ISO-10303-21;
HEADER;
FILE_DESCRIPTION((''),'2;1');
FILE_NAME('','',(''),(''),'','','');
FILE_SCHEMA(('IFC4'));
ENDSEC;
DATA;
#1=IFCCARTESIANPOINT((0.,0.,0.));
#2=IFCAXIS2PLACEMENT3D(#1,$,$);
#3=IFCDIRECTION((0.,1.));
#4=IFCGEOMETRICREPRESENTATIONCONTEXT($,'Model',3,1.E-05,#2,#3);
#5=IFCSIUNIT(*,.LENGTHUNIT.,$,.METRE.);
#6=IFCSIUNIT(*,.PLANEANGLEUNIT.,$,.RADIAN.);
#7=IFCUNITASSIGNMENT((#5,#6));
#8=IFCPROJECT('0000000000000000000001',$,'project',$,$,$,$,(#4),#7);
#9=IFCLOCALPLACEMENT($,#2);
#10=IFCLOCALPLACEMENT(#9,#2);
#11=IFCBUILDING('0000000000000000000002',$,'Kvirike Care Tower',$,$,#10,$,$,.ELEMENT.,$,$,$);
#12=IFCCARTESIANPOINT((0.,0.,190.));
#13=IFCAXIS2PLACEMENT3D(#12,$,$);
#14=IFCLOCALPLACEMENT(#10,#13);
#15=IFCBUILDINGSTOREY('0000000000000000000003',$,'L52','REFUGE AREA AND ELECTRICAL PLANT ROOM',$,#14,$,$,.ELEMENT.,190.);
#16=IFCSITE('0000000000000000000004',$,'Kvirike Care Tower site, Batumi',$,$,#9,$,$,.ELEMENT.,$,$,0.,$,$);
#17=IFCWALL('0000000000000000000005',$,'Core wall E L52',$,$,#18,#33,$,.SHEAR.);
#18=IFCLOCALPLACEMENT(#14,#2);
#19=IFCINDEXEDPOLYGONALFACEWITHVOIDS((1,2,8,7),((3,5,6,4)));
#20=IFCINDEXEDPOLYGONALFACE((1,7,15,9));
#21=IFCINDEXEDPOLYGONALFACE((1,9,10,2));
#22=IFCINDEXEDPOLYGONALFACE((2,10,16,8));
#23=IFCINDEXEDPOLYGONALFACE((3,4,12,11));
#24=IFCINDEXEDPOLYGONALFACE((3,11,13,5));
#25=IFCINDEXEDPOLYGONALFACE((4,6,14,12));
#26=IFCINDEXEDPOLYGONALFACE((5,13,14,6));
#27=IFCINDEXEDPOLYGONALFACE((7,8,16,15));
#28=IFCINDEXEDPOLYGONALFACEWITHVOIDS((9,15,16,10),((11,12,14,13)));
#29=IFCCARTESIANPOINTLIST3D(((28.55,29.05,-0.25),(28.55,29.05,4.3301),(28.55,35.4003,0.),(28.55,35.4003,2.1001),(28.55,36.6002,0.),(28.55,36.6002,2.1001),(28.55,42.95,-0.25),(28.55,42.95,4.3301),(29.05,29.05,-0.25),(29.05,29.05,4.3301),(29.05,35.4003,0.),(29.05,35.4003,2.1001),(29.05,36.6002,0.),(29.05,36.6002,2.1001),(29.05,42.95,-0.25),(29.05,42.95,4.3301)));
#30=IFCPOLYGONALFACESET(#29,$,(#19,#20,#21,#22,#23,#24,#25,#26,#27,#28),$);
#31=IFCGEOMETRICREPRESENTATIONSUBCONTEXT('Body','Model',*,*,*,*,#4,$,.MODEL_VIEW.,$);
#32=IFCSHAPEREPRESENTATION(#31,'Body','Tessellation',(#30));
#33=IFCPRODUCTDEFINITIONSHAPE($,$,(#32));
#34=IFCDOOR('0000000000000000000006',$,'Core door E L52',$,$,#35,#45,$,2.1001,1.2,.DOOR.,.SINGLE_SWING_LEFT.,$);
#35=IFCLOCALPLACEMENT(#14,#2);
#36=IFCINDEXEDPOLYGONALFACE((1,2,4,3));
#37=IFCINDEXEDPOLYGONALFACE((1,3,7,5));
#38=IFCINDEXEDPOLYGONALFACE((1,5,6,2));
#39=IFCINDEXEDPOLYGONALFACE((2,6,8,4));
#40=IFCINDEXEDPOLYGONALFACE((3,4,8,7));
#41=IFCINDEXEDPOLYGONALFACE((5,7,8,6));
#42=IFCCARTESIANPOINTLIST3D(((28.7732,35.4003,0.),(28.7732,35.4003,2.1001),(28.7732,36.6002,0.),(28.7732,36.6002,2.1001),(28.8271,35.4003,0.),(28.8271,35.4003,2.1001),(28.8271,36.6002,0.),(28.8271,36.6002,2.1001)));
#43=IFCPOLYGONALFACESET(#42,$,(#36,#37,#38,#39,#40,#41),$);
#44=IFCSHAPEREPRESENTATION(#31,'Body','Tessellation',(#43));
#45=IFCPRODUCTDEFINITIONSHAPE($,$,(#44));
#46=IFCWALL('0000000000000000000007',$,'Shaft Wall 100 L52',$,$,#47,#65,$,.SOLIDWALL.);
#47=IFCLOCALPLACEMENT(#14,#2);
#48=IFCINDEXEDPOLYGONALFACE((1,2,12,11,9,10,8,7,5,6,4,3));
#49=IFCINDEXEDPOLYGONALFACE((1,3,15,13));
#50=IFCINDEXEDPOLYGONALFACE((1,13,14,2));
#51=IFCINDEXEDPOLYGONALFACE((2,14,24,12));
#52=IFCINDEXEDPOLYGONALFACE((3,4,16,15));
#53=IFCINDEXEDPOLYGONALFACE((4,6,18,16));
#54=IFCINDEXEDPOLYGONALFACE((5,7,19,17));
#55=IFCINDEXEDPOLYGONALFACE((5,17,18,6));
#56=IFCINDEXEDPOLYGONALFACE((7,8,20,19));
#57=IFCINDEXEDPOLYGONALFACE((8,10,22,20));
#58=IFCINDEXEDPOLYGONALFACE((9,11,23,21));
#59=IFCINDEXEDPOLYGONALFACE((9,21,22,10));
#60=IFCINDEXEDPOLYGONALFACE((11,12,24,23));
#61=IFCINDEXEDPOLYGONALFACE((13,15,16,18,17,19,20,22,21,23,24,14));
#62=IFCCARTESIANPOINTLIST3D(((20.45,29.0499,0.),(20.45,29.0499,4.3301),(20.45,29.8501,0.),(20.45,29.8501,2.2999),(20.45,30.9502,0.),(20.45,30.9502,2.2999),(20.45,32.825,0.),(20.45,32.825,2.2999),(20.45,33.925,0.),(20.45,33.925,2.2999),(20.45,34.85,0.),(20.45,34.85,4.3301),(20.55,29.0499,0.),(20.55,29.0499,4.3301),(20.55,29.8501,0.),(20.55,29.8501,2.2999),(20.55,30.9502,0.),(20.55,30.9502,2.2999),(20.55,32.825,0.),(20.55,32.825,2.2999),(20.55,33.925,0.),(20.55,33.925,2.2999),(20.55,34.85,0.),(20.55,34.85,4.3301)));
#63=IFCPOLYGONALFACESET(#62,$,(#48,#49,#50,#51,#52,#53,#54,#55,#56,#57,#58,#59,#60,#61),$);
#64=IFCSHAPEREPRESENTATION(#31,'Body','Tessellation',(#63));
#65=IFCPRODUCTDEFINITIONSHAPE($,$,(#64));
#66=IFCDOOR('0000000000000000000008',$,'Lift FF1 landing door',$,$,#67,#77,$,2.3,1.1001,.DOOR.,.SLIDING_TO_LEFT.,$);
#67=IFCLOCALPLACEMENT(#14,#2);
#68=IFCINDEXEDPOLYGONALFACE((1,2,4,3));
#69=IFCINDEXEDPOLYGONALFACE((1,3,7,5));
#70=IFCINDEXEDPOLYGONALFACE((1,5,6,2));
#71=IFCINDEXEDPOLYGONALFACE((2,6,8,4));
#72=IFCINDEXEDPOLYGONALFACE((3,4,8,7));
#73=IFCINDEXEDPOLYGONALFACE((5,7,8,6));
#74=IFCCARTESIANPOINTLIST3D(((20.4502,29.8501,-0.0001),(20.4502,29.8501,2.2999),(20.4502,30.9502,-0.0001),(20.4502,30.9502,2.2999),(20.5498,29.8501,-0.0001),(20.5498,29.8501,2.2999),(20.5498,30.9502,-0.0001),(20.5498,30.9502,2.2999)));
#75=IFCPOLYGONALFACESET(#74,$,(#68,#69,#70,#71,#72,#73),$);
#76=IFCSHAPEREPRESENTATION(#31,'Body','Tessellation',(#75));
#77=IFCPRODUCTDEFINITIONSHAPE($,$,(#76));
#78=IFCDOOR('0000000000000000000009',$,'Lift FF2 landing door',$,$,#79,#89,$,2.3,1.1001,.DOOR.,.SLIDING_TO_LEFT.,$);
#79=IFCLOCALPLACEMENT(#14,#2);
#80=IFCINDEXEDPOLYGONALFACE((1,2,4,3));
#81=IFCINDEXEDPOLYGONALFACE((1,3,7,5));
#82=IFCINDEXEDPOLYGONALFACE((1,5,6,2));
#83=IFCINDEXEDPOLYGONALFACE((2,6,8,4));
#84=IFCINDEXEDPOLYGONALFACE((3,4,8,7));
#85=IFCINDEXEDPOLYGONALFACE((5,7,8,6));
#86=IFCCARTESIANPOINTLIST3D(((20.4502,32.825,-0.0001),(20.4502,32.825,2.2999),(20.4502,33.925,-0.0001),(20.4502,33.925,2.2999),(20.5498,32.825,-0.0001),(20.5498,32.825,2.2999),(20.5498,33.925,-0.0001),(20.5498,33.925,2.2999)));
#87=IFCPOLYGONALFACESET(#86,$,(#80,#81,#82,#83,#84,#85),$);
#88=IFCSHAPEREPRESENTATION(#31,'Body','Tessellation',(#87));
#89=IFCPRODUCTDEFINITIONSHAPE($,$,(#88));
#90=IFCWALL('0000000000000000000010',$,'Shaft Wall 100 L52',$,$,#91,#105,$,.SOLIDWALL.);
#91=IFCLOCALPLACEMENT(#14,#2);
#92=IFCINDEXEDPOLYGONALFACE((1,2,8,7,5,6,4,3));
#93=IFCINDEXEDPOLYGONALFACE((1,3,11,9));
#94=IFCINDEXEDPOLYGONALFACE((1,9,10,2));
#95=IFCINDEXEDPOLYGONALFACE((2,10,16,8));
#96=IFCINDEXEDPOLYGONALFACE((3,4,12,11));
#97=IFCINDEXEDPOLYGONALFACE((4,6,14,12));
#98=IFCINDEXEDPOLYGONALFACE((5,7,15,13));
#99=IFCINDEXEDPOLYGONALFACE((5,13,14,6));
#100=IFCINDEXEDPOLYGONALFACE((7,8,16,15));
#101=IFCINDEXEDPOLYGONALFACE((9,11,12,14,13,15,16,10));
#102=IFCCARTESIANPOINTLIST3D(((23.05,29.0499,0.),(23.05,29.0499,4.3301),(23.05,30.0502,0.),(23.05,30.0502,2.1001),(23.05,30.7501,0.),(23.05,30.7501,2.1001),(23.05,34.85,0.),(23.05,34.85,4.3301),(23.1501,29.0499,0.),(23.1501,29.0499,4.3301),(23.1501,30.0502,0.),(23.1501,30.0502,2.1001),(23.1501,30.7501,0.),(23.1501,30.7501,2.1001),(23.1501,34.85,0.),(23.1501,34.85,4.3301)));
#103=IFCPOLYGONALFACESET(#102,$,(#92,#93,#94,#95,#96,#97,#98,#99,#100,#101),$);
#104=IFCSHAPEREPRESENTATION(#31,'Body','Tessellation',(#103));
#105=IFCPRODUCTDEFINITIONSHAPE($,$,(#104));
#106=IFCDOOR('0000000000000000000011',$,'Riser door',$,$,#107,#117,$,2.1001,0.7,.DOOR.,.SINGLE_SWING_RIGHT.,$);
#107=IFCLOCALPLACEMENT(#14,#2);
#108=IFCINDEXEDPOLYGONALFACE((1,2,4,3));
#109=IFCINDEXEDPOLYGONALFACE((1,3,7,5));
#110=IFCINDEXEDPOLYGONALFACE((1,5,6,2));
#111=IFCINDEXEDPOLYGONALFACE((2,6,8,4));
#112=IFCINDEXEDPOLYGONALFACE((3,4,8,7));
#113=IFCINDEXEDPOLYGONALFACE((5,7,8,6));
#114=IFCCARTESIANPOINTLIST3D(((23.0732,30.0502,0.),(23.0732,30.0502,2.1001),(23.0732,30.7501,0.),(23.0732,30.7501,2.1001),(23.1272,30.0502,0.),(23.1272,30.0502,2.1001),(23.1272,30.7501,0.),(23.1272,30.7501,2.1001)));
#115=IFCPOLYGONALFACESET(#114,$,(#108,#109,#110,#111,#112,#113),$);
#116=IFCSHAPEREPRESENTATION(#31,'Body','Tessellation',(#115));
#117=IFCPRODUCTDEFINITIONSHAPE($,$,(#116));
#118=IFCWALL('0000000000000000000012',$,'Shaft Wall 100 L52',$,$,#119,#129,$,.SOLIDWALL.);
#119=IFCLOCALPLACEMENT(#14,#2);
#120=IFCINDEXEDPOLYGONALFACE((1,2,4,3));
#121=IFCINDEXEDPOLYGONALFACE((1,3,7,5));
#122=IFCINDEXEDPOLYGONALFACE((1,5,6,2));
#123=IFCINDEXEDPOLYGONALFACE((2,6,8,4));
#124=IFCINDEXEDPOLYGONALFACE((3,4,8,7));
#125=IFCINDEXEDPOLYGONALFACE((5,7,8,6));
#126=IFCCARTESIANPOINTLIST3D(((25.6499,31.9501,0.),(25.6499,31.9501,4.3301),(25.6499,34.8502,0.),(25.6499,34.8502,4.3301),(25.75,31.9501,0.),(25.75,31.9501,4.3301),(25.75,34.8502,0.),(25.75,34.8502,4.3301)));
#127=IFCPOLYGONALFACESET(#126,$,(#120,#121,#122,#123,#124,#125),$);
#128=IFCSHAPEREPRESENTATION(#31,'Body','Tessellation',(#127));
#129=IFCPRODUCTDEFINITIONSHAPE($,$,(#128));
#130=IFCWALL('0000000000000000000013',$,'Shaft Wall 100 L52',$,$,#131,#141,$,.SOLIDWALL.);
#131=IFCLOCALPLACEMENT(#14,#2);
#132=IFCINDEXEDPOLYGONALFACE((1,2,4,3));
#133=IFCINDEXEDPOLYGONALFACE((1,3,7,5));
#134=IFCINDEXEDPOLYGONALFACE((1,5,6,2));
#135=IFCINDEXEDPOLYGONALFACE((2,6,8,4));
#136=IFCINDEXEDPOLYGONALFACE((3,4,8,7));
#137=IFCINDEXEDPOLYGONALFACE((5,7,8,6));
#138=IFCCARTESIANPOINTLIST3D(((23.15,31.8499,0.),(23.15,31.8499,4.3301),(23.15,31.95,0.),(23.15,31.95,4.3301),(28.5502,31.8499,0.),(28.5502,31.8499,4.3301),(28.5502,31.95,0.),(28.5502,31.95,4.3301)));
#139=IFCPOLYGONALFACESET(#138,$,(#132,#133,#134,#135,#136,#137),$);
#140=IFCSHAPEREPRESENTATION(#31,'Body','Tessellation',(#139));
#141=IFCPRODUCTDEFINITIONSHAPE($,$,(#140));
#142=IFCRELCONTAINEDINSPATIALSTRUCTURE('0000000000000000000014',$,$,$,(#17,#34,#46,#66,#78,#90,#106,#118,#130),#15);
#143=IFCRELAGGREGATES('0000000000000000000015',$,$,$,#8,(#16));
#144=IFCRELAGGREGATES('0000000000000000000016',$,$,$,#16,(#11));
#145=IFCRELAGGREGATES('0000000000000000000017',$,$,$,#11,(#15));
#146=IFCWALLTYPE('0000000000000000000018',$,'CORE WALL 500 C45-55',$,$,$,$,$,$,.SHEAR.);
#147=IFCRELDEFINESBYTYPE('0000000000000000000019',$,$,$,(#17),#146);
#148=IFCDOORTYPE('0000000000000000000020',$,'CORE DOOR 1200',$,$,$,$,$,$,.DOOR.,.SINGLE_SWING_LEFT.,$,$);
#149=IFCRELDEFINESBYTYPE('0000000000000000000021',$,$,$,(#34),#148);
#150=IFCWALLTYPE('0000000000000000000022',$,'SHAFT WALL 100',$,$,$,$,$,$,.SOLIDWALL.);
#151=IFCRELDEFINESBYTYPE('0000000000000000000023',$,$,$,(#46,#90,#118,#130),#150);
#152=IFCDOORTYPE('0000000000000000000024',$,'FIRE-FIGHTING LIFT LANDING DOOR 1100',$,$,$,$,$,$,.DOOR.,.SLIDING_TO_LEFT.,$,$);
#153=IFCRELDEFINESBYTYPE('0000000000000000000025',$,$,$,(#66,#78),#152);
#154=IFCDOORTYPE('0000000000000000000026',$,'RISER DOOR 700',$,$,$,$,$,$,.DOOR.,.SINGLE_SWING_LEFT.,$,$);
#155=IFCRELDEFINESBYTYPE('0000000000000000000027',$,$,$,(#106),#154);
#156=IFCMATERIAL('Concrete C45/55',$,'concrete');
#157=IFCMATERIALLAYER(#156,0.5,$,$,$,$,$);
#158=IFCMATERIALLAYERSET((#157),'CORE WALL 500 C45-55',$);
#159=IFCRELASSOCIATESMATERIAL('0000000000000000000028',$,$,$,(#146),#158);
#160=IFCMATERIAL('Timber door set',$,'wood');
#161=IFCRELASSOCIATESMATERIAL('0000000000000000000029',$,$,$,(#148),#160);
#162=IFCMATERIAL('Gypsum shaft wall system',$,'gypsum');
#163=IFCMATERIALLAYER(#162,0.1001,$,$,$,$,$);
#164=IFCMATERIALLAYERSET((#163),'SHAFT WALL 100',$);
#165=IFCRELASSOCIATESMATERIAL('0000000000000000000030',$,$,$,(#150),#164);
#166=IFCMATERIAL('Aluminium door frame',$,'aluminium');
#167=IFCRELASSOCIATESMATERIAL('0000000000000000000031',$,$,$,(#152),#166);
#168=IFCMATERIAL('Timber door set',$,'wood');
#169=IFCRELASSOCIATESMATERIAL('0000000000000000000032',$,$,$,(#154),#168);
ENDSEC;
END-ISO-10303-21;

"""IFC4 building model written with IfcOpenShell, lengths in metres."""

from ifc_helpers import new_model, si_unit, direction, frame, frame_2d, origin, place, context, subcontext, project, spatial, rectangle, extrude, material, layer, layer_set, type_object, element, fill, save


model = new_model("IFC4")

# Units and contexts
model_context = context("Model", 3, precision=1e-05, world=origin(), true_north=direction((0.0, 1.0)))
body_context = subcontext(model_context, "Body", "Model", "MODEL_VIEW")
ifc_project = project(units=[si_unit("LENGTHUNIT", "METRE"), si_unit("PLANEANGLEUNIT", "RADIAN")], contexts=[model_context])

# Site, building, storey
site_placement = place(None, origin())
site = spatial("IfcSite", under=ifc_project, at=site_placement, Name="Kvirike Care Tower site, Batumi", CompositionType="ELEMENT", RefElevation=0.0)
building_placement = place(site_placement, origin())
building = spatial("IfcBuilding", under=site, at=building_placement, Name="Kvirike Care Tower", CompositionType="ELEMENT")
storey_placement = place(building_placement, frame((0.0, 0.0, 190.0)))
storey = spatial("IfcBuildingStorey", under=building, at=storey_placement, Name="L52", Description="REFUGE AREA AND ELECTRICAL PLANT ROOM", CompositionType="ELEMENT", Elevation=190.0)

# Wall, opening, door
ifc_material_1 = material(Name="Concrete C45/55", Category="concrete")
ifc_layer_1 = layer(ifc_material_1, 0.5)
ifc_layer_set_1 = layer_set([ifc_layer_1], Name="CORE WALL 500 C45-55")
wall_type_1 = type_object("IfcWallType", Name="CORE WALL 500 C45-55", PredefinedType="SHEAR", material=ifc_layer_set_1)
wall_1_placement = place(storey_placement, frame((28.8, 29.05, -0.25), z_axis=(0.0, 0.0, 1.0), x_axis=(0.0, 1.0, 0.0)))
wall_1 = element("IfcWall", 1, at=wall_1_placement, inside=storey, type_object=wall_type_1, Name="Core wall E L52", PredefinedType="SHEAR", context=body_context, shape_type="SweptSolid", body=[
    extrude(rectangle(XDim=13.8999, YDim=0.5, at=frame_2d((6.95, 0.0))), origin(), (0.0, 0.0, 1.0), 4.5801),
])
opening_1_placement = place(wall_1_placement, frame((6.3501, 0.0, 0.25)))
opening_1 = element("IfcOpeningElement", 2, at=opening_1_placement, cuts=wall_1, PredefinedType="OPENING", context=body_context, shape_type="SweptSolid", body=[
    extrude(rectangle(XDim=1.2, YDim=2.1001, at=frame_2d((0.6001, 1.05))), frame((0.0, 0.2605, 0.0), z_axis=(0.0, -1.0, 0.0), x_axis=(1.0, 0.0, 0.0)), (0.0, 0.0, 1.0), 0.521),
])
ifc_material_2 = material(Name="Timber door set", Category="wood")
door_type_1 = type_object("IfcDoorType", Name="CORE DOOR 1200", OperationType="SINGLE_SWING_LEFT", PredefinedType="DOOR", material=ifc_material_2)
door_1_placement = place(opening_1_placement, origin())
door_1 = element("IfcDoor", 3, at=door_1_placement, inside=storey, type_object=door_type_1, Name="Core door E L52", OperationType="SINGLE_SWING_LEFT", OverallHeight=2.1001, OverallWidth=1.2, PredefinedType="DOOR", context=body_context, shape_type="SweptSolid", body=[
    extrude(rectangle(XDim=1.2, YDim=2.1001, at=frame_2d((0.6001, 1.05))), frame((0.0, 0.0269, 0.0), z_axis=(0.0, -1.0, 0.0), x_axis=(1.0, 0.0, 0.0)), (0.0, 0.0, 1.0), 0.054),
])
fill(opening_1, door_1)

# Wall, openings, doors
ifc_material_3 = material(Name="Gypsum shaft wall system", Category="gypsum")
ifc_layer_2 = layer(ifc_material_3, 0.1001)
ifc_layer_set_2 = layer_set([ifc_layer_2], Name="SHAFT WALL 100")
wall_type_2 = type_object("IfcWallType", Name="SHAFT WALL 100", PredefinedType="SOLIDWALL", material=ifc_layer_set_2)
wall_2_placement = place(storey_placement, frame((20.5, 29.05, 0.0), z_axis=(0.0, 0.0, 1.0), x_axis=(0.0, 1.0, 0.0)))
wall_2 = element("IfcWall", 4, at=wall_2_placement, inside=storey, type_object=wall_type_2, Name="Shaft Wall 100 L52", PredefinedType="SOLIDWALL", context=body_context, shape_type="SweptSolid", body=[
    extrude(rectangle(XDim=5.8, YDim=0.1001, at=frame_2d((2.8999, 0.0))), origin(), (0.0, 0.0, 1.0), 4.3301),
])
opening_2_placement = place(wall_2_placement, frame((0.8, 0.0, 0.0)))
opening_2 = element("IfcOpeningElement", 5, at=opening_2_placement, cuts=wall_2, PredefinedType="OPENING", context=body_context, shape_type="SweptSolid", body=[
    extrude(rectangle(XDim=1.1001, YDim=2.3, at=frame_2d((0.55, 1.1499))), frame((0.0, 0.0605, 0.0), z_axis=(0.0, -1.0, 0.0), x_axis=(1.0, 0.0, 0.0)), (0.0, 0.0, 1.0), 0.1211),
])
opening_3_placement = place(wall_2_placement, frame((3.7749, 0.0, 0.0)))
opening_3 = element("IfcOpeningElement", 6, at=opening_3_placement, cuts=wall_2, PredefinedType="OPENING", context=body_context, shape_type="SweptSolid", body=[
    extrude(rectangle(XDim=1.1001, YDim=2.3, at=frame_2d((0.55, 1.1499))), frame((0.0, 0.0605, 0.0), z_axis=(0.0, -1.0, 0.0), x_axis=(1.0, 0.0, 0.0)), (0.0, 0.0, 1.0), 0.1211),
])
ifc_material_4 = material(Name="Aluminium door frame", Category="aluminium")
door_type_2 = type_object("IfcDoorType", Name="FIRE-FIGHTING LIFT LANDING DOOR 1100", OperationType="SLIDING_TO_LEFT", PredefinedType="DOOR", material=ifc_material_4)
door_2_placement = place(opening_2_placement, origin())
door_2 = element("IfcDoor", 7, at=door_2_placement, inside=storey, type_object=door_type_2, Name="Lift FF1 landing door", OperationType="SLIDING_TO_LEFT", OverallHeight=2.3, OverallWidth=1.1001, PredefinedType="DOOR", context=body_context, shape_type="SweptSolid", body=[
    extrude(rectangle(XDim=1.1001, YDim=2.3, at=frame_2d((0.55, 1.1499))), frame((0.0, 0.0498, 0.0), z_axis=(0.0, -1.0, 0.0), x_axis=(1.0, 0.0, 0.0)), (0.0, 0.0, 1.0), 0.0996),
])
fill(opening_2, door_2)
door_3_placement = place(opening_3_placement, origin())
door_3 = element("IfcDoor", 8, at=door_3_placement, inside=storey, type_object=door_type_2, Name="Lift FF2 landing door", OperationType="SLIDING_TO_LEFT", OverallHeight=2.3, OverallWidth=1.1001, PredefinedType="DOOR", context=body_context, shape_type="SweptSolid", body=[
    extrude(rectangle(XDim=1.1001, YDim=2.3, at=frame_2d((0.55, 1.1499))), frame((0.0, 0.0498, 0.0), z_axis=(0.0, -1.0, 0.0), x_axis=(1.0, 0.0, 0.0)), (0.0, 0.0, 1.0), 0.0996),
])
fill(opening_3, door_3)

# Wall, opening, door
wall_3_placement = place(storey_placement, frame((23.1001, 29.05, 0.0), z_axis=(0.0, 0.0, 1.0), x_axis=(0.0, 1.0, 0.0)))
wall_3 = element("IfcWall", 9, at=wall_3_placement, inside=storey, type_object=wall_type_2, Name="Shaft Wall 100 L52", PredefinedType="SOLIDWALL", context=body_context, shape_type="SweptSolid", body=[
    extrude(rectangle(XDim=5.8, YDim=0.1001, at=frame_2d((2.8999, 0.0))), origin(), (0.0, 0.0, 1.0), 4.3301),
])
opening_4_placement = place(wall_3_placement, frame((1.0, 0.0, 0.0)))
opening_4 = element("IfcOpeningElement", 10, at=opening_4_placement, cuts=wall_3, PredefinedType="OPENING", context=body_context, shape_type="SweptSolid", body=[
    extrude(rectangle(XDim=0.7, YDim=2.1001, at=frame_2d((0.3501, 1.05))), frame((0.0, 0.0605, 0.0), z_axis=(0.0, -1.0, 0.0), x_axis=(1.0, 0.0, 0.0)), (0.0, 0.0, 1.0), 0.1211),
])
ifc_material_5 = material(Name="Timber door set", Category="wood")
door_type_3 = type_object("IfcDoorType", Name="RISER DOOR 700", OperationType="SINGLE_SWING_LEFT", PredefinedType="DOOR", material=ifc_material_5)
door_4_placement = place(opening_4_placement, origin())
door_4 = element("IfcDoor", 11, at=door_4_placement, inside=storey, type_object=door_type_3, Name="Riser door", OperationType="SINGLE_SWING_RIGHT", OverallHeight=2.1001, OverallWidth=0.7, PredefinedType="DOOR", context=body_context, shape_type="SweptSolid", body=[
    extrude(rectangle(XDim=0.7, YDim=2.1001, at=frame_2d((0.3501, 1.05))), frame((0.0, 0.0269, 0.0), z_axis=(0.0, -1.0, 0.0), x_axis=(1.0, 0.0, 0.0)), (0.0, 0.0, 1.0), 0.054),
])
fill(opening_4, door_4)

# Walls
wall_4_placement = place(storey_placement, frame((25.7, 31.95, 0.0), z_axis=(0.0, 0.0, 1.0), x_axis=(0.0, 1.0, 0.0)))
element("IfcWall", 12, at=wall_4_placement, inside=storey, type_object=wall_type_2, Name="Shaft Wall 100 L52", PredefinedType="SOLIDWALL", context=body_context, shape_type="SweptSolid", body=[
    extrude(rectangle(XDim=2.9001, YDim=0.1001, at=frame_2d((1.4502, 0.0))), origin(), (0.0, 0.0, 1.0), 4.3301),
])
wall_5_placement = place(storey_placement, frame((23.1499, 31.8999, 0.0), z_axis=(0.0, 0.0, 1.0), x_axis=(1.0, 0.0, 0.0)))
element("IfcWall", 13, at=wall_5_placement, inside=storey, type_object=wall_type_2, Name="Shaft Wall 100 L52", PredefinedType="SOLIDWALL", context=body_context, shape_type="SweptSolid", body=[
    extrude(rectangle(XDim=5.4001, YDim=0.1001, at=frame_2d((2.7002, 0.0))), origin(), (0.0, 0.0, 1.0), 4.3301),
])

save(model, "model.ifc")
